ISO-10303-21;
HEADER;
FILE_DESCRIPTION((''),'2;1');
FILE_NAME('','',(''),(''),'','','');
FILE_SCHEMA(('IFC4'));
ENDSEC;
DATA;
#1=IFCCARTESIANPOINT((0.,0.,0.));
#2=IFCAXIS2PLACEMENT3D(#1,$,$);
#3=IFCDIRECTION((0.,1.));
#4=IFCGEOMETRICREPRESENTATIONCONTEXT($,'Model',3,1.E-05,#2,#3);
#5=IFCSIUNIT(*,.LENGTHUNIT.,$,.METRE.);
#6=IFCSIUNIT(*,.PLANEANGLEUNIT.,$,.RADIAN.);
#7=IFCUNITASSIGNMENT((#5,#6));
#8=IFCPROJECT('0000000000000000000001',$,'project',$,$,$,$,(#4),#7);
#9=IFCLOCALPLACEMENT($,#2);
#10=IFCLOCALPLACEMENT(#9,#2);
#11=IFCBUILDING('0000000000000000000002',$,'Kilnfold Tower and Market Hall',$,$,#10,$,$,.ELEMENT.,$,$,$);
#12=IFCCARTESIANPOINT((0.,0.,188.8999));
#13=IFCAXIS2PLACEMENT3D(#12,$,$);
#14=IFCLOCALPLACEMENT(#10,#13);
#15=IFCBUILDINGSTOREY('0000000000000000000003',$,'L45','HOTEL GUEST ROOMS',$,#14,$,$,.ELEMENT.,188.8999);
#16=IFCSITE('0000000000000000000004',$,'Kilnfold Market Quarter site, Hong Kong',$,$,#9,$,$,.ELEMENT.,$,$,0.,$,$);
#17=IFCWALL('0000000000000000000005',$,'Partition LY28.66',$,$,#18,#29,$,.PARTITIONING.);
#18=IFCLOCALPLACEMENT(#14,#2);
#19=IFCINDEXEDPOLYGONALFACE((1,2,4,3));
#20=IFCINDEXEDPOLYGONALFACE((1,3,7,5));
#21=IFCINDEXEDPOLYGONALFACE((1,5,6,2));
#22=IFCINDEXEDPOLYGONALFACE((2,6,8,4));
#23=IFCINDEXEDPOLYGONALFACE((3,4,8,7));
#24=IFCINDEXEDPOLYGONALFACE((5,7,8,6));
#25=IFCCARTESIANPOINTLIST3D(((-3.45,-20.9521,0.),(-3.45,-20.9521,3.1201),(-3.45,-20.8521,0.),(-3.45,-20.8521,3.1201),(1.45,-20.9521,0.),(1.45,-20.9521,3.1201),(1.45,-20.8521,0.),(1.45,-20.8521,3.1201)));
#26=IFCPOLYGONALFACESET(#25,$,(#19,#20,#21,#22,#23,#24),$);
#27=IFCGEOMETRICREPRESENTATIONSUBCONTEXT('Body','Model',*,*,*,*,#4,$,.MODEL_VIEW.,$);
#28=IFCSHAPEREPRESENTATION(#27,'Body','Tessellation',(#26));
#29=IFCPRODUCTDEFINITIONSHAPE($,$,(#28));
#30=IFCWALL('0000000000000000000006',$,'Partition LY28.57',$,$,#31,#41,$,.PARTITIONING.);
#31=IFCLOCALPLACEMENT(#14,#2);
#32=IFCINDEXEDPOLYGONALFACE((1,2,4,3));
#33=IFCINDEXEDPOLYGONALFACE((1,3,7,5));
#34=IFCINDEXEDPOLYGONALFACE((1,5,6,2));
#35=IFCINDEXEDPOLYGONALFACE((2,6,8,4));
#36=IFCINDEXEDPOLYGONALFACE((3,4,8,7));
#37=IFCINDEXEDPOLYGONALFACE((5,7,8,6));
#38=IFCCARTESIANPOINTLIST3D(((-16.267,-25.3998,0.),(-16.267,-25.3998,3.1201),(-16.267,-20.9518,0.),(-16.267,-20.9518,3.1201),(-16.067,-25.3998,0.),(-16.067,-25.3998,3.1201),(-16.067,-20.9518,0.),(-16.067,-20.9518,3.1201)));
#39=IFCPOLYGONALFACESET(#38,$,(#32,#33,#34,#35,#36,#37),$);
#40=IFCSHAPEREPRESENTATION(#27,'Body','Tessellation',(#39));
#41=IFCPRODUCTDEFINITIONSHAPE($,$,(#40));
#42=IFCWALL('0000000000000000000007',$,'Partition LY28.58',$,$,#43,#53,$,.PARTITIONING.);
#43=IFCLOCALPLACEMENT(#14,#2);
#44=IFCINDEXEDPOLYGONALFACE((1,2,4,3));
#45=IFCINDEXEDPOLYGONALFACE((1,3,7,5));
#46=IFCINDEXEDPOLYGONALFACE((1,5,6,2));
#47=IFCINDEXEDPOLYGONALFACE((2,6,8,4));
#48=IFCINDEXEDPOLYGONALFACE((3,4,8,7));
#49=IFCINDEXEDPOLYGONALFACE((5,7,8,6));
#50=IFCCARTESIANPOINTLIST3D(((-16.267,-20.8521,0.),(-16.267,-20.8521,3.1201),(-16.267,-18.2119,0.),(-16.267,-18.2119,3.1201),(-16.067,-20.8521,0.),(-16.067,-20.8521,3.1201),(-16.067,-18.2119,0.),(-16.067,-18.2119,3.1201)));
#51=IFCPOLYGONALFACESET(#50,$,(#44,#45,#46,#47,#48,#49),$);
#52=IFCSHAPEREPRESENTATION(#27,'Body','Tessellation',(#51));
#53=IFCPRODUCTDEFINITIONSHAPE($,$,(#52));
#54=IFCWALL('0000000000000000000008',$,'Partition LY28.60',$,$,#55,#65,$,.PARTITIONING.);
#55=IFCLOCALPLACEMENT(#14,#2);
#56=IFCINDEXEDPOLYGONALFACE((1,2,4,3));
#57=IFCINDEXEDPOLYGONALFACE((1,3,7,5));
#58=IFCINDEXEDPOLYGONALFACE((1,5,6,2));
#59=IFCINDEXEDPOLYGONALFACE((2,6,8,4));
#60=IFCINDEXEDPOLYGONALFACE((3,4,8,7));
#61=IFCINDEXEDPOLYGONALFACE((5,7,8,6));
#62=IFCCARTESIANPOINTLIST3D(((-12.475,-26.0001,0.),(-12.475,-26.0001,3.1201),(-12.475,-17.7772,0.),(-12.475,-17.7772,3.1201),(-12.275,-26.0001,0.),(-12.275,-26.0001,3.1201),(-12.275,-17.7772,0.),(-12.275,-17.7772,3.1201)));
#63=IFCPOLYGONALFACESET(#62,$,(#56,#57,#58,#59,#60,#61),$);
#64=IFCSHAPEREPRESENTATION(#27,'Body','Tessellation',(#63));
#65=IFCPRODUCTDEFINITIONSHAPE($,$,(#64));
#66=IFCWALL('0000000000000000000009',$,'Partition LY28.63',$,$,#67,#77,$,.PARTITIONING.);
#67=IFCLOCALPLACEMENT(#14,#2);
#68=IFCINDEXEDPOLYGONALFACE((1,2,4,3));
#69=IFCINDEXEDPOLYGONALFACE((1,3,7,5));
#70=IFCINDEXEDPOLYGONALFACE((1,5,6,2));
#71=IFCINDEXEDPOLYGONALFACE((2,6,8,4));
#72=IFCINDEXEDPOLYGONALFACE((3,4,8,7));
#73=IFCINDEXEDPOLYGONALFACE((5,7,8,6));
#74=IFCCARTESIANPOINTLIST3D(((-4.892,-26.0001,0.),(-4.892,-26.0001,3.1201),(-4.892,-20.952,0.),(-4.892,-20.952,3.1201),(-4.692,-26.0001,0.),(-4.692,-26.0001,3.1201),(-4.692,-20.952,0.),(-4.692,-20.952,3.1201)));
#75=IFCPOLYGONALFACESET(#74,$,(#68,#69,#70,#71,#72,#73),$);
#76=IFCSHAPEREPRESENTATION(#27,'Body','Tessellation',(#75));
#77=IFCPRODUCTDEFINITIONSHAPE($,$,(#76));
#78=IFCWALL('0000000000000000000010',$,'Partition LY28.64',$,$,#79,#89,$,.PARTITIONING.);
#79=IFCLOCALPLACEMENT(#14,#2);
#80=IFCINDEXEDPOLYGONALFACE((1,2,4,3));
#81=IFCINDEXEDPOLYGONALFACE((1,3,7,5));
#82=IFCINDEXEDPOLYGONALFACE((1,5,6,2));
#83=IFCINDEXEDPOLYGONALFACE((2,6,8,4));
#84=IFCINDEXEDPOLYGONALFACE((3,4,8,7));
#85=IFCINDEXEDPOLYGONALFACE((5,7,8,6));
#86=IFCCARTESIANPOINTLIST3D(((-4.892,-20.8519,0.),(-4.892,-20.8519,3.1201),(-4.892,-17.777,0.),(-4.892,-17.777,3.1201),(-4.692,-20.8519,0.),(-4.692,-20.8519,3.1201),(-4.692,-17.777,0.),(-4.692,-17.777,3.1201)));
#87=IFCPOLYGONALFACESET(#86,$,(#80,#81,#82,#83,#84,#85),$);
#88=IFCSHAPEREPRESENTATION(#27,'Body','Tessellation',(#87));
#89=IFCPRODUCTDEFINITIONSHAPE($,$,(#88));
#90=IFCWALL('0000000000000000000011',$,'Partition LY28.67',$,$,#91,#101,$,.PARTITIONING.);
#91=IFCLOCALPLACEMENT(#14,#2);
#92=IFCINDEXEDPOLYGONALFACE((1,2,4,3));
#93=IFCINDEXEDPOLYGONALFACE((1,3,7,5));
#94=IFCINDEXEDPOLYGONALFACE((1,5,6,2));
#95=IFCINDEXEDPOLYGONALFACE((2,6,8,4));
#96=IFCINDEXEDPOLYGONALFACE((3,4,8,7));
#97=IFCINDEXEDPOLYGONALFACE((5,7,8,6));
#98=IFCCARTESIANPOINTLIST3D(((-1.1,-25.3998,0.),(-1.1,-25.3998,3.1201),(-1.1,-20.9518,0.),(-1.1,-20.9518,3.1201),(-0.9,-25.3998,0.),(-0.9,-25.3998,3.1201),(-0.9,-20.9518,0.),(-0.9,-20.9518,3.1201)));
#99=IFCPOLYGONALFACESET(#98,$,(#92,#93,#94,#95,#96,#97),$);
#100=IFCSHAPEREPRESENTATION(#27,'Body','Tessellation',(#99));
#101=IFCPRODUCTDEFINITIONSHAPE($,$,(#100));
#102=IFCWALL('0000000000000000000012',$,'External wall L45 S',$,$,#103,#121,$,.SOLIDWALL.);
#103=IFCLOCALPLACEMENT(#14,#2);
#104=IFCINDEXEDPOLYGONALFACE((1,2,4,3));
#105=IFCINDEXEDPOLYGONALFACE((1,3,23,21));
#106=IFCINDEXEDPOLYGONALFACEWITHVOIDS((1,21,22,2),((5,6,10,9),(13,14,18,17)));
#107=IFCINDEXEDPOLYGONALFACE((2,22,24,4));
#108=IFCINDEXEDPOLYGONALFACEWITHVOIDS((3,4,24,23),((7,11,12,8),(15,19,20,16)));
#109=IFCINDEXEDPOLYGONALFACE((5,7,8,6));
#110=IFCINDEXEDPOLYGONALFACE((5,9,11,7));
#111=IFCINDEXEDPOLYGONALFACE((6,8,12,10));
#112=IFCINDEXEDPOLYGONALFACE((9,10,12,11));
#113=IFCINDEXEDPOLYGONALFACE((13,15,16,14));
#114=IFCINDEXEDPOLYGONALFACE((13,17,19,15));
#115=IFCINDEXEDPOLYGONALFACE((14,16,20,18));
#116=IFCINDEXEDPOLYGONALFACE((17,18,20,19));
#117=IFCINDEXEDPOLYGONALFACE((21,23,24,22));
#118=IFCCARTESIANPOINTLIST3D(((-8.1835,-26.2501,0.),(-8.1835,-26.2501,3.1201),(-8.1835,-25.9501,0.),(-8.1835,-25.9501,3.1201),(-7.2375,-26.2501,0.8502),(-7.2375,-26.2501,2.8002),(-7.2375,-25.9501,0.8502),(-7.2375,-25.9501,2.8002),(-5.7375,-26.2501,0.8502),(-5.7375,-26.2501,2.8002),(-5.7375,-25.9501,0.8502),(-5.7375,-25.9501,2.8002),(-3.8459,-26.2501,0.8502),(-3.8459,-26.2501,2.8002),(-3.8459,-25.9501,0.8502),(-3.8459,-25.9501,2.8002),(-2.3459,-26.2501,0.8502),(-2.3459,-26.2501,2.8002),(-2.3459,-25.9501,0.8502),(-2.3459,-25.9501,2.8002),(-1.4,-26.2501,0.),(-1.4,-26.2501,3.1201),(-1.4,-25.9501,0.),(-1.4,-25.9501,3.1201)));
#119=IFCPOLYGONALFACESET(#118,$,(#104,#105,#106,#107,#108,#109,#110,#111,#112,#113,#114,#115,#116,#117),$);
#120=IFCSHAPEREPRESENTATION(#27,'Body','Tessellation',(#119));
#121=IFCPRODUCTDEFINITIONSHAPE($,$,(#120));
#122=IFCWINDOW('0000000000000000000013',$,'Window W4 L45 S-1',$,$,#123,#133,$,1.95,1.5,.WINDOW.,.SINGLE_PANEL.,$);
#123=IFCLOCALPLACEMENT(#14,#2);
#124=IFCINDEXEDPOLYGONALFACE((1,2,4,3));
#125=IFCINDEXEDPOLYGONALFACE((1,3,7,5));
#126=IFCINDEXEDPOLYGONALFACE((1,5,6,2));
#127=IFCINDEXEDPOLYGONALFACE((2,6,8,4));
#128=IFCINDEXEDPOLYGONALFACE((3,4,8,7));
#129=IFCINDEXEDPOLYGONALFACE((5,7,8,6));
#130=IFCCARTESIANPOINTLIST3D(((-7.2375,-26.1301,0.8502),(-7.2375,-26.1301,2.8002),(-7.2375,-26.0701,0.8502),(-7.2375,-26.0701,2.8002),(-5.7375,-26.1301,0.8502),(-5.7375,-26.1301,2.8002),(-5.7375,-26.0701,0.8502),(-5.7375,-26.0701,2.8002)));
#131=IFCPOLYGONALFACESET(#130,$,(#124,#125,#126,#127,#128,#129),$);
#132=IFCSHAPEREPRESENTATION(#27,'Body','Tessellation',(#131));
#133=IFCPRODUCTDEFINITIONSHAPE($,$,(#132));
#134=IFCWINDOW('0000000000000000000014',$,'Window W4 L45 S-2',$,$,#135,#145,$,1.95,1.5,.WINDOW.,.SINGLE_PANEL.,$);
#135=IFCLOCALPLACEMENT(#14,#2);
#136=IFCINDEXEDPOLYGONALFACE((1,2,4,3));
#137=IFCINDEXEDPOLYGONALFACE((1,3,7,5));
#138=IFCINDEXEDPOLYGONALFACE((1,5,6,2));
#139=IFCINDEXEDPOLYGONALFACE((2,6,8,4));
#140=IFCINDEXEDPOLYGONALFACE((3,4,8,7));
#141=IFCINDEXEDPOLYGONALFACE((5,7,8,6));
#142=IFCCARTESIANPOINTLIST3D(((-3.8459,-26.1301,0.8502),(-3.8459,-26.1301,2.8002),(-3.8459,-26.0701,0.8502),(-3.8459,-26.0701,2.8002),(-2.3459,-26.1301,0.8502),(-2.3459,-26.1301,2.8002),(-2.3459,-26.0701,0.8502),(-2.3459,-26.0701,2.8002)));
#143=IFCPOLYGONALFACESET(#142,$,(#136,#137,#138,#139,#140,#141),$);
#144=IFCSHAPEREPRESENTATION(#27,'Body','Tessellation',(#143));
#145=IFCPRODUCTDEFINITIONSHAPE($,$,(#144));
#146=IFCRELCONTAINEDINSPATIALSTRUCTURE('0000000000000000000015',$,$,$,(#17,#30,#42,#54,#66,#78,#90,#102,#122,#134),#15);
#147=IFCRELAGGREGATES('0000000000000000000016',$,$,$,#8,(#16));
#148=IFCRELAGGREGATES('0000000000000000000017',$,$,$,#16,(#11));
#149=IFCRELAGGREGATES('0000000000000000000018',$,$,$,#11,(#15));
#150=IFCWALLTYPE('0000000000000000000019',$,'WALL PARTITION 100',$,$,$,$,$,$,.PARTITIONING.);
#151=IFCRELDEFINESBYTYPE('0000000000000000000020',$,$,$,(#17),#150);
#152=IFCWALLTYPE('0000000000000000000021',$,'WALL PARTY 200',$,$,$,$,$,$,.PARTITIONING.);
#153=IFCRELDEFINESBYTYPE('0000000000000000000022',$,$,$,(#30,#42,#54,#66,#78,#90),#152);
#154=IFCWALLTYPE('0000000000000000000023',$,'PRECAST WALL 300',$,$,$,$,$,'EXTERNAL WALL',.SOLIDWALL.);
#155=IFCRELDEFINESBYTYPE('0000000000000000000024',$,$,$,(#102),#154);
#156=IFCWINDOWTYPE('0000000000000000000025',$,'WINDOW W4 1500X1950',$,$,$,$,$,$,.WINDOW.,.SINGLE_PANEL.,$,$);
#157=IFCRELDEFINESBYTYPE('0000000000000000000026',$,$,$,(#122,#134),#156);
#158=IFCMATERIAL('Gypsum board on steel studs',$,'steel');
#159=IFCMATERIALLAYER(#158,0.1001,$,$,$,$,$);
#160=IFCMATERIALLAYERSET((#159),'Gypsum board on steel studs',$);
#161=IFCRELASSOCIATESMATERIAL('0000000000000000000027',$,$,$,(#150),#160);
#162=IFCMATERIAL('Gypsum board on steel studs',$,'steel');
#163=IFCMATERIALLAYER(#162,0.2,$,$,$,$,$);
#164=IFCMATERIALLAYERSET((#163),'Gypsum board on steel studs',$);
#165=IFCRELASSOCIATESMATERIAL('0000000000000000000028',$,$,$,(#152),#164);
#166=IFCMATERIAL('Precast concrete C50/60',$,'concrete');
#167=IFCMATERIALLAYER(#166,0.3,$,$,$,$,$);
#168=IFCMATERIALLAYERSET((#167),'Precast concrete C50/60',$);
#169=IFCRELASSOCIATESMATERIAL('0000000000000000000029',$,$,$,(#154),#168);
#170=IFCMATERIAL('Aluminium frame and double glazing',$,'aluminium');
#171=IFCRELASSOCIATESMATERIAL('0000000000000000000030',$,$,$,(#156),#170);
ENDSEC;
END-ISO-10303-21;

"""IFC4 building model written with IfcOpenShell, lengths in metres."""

from ifc_helpers import new_model, si_unit, direction, frame, frame_2d, origin, place, context, subcontext, project, spatial, rectangle, extrude, source, transform, mapped, material, layer, layer_set, type_object, element, fill, save


model = new_model("IFC4")

# Units and contexts
model_context = context("Model", 3, precision=1e-05, world=origin(), true_north=direction((0.0, 1.0)))
body_context = subcontext(model_context, "Body", "Model", "MODEL_VIEW")
ifc_project = project(units=[si_unit("LENGTHUNIT", "METRE"), si_unit("PLANEANGLEUNIT", "RADIAN")], contexts=[model_context])

# Site, building, storey
site_placement = place(None, origin())
site = spatial("IfcSite", under=ifc_project, at=site_placement, Name="Kilnfold Market Quarter site, Hong Kong", CompositionType="ELEMENT", RefElevation=0.0)
building_placement = place(site_placement, origin())
building = spatial("IfcBuilding", under=site, at=building_placement, Name="Kilnfold Tower and Market Hall", CompositionType="ELEMENT")
storey_placement = place(building_placement, frame((0.0, 0.0, 188.8999)))
storey = spatial("IfcBuildingStorey", under=building, at=storey_placement, Name="L45", Description="HOTEL GUEST ROOMS", CompositionType="ELEMENT", Elevation=188.8999)

# Shared definitions
ifc_material_1 = material(Name="Gypsum board on steel studs", Category="steel")
ifc_layer_1 = layer(ifc_material_1, 0.1001)
ifc_layer_set_1 = layer_set([ifc_layer_1], Name="Gypsum board on steel studs")
wall_type_1 = type_object("IfcWallType", Name="WALL PARTITION 100", PredefinedType="PARTITIONING", material=ifc_layer_set_1)

# Walls
wall_1_placement = place(storey_placement, frame((-3.45, -20.9021, 0.0), z_axis=(0.0, 0.0, 1.0), x_axis=(1.0, 0.0, 0.0)))
element("IfcWall", 1, at=wall_1_placement, inside=storey, type_object=wall_type_1, Name="Partition LY28.66", PredefinedType="PARTITIONING", context=body_context, shape_type="SweptSolid", body=[
    extrude(rectangle(XDim=4.8999, YDim=0.1001, at=frame_2d((2.45, 0.0))), origin(), (0.0, 0.0, 1.0), 3.1201),
])
ifc_material_2 = material(Name="Gypsum board on steel studs", Category="steel")
ifc_layer_2 = layer(ifc_material_2, 0.2)
ifc_layer_set_2 = layer_set([ifc_layer_2], Name="Gypsum board on steel studs")
wall_type_2 = type_object("IfcWallType", Name="WALL PARTY 200", PredefinedType="PARTITIONING", material=ifc_layer_set_2)
wall_2_placement = place(storey_placement, frame((-16.167, -25.3999, 0.0), z_axis=(0.0, 0.0, 1.0), x_axis=(0.0, 1.0, 0.0)))
element("IfcWall", 2, at=wall_2_placement, inside=storey, type_object=wall_type_2, Name="Partition LY28.57", PredefinedType="PARTITIONING", context=body_context, shape_type="SweptSolid", body=[
    extrude(rectangle(XDim=4.448, YDim=0.2, at=frame_2d((2.2241, 0.0))), origin(), (0.0, 0.0, 1.0), 3.1201),
])
wall_3_placement = place(storey_placement, frame((-16.167, -20.8521, 0.0), z_axis=(0.0, 0.0, 1.0), x_axis=(0.0, 1.0, 0.0)))
element("IfcWall", 3, at=wall_3_placement, inside=storey, type_object=wall_type_2, Name="Partition LY28.58", PredefinedType="PARTITIONING", context=body_context, shape_type="SweptSolid", body=[
    extrude(rectangle(XDim=2.6401, YDim=0.2, at=frame_2d((1.3201, 0.0))), origin(), (0.0, 0.0, 1.0), 3.1201),
])
wall_4_placement = place(storey_placement, frame((-12.375, -26.0, 0.0), z_axis=(0.0, 0.0, 1.0), x_axis=(0.0, 1.0, 0.0)))
element("IfcWall", 4, at=wall_4_placement, inside=storey, type_object=wall_type_2, Name="Partition LY28.60", PredefinedType="PARTITIONING", context=body_context, shape_type="SweptSolid", body=[
    extrude(rectangle(XDim=8.2229, YDim=0.2, at=frame_2d((4.1113, 0.0))), origin(), (0.0, 0.0, 1.0), 3.1201),
])
wall_5_placement = place(storey_placement, frame((-4.792, -26.0, 0.0), z_axis=(0.0, 0.0, 1.0), x_axis=(0.0, 1.0, 0.0)))
element("IfcWall", 5, at=wall_5_placement, inside=storey, type_object=wall_type_2, Name="Partition LY28.63", PredefinedType="PARTITIONING", context=body_context, shape_type="SweptSolid", body=[
    extrude(rectangle(XDim=5.0481, YDim=0.2, at=frame_2d((2.5239, 0.0))), origin(), (0.0, 0.0, 1.0), 3.1201),
])
wall_6_placement = place(storey_placement, frame((-4.792, -20.8521, 0.0), z_axis=(0.0, 0.0, 1.0), x_axis=(0.0, 1.0, 0.0)))
element("IfcWall", 6, at=wall_6_placement, inside=storey, type_object=wall_type_2, Name="Partition LY28.64", PredefinedType="PARTITIONING", context=body_context, shape_type="SweptSolid", body=[
    extrude(rectangle(XDim=3.075, YDim=0.2, at=frame_2d((1.5376, 0.0))), origin(), (0.0, 0.0, 1.0), 3.1201),
])
wall_7_placement = place(storey_placement, frame((-1.0, -25.3999, 0.0), z_axis=(0.0, 0.0, 1.0), x_axis=(0.0, 1.0, 0.0)))
element("IfcWall", 7, at=wall_7_placement, inside=storey, type_object=wall_type_2, Name="Partition LY28.67", PredefinedType="PARTITIONING", context=body_context, shape_type="SweptSolid", body=[
    extrude(rectangle(XDim=4.448, YDim=0.2, at=frame_2d((2.2241, 0.0))), origin(), (0.0, 0.0, 1.0), 3.1201),
])

# Wall, openings, windows
ifc_material_3 = material(Name="Precast concrete C50/60", Category="concrete")
ifc_layer_3 = layer(ifc_material_3, 0.3)
ifc_layer_set_3 = layer_set([ifc_layer_3], Name="Precast concrete C50/60")
wall_type_3 = type_object("IfcWallType", Name="PRECAST WALL 300", ElementType="EXTERNAL WALL", PredefinedType="SOLIDWALL", material=ifc_layer_set_3)
shared_shape_1 = source(origin(), body_context, "Body", "SweptSolid", [
    extrude(rectangle(XDim=6.7834, YDim=0.3, at=frame_2d((3.3916, 0.0))), origin(), (0.0, 0.0, 1.0), 3.1201),
])
wall_8_placement = place(storey_placement, frame((-8.1833, -26.1001, 0.0), z_axis=(0.0, 0.0, 1.0), x_axis=(1.0, 0.0, 0.0)))
wall_8 = element("IfcWall", 8, at=wall_8_placement, inside=storey, type_object=wall_type_3, Name="External wall L45 S", PredefinedType="SOLIDWALL", context=body_context, shape_type="MappedRepresentation", body=[
    mapped(shared_shape_1, transform((0.0, 0.0, 0.0))),
])
opening_1_placement = place(wall_8_placement, frame((0.9458, 0.0, 0.8501)))
opening_1 = element("IfcOpeningElement", 9, at=opening_1_placement, cuts=wall_8, PredefinedType="OPENING", context=body_context, shape_type="SweptSolid", body=[
    extrude(rectangle(XDim=1.5, YDim=1.95, at=frame_2d((0.75, 0.9751))), frame((0.0, 0.1602, 0.0), z_axis=(0.0, -1.0, 0.0), x_axis=(1.0, 0.0, 0.0)), (0.0, 0.0, 1.0), 0.3201),
])
opening_2_placement = place(wall_8_placement, frame((4.3374, 0.0, 0.8501)))
opening_2 = element("IfcOpeningElement", 10, at=opening_2_placement, cuts=wall_8, PredefinedType="OPENING", context=body_context, shape_type="SweptSolid", body=[
    extrude(rectangle(XDim=1.5, YDim=1.95, at=frame_2d((0.75, 0.9751))), frame((0.0, 0.1602, 0.0), z_axis=(0.0, -1.0, 0.0), x_axis=(1.0, 0.0, 0.0)), (0.0, 0.0, 1.0), 0.3201),
])
ifc_material_4 = material(Name="Aluminium frame and double glazing", Category="aluminium")
window_type = type_object("IfcWindowType", Name="WINDOW W4 1500X1950", PartitioningType="SINGLE_PANEL", PredefinedType="WINDOW", material=ifc_material_4)
window_1_placement = place(opening_1_placement, origin())
window_1 = element("IfcWindow", 11, at=window_1_placement, inside=storey, type_object=window_type, Name="Window W4 L45 S-1", OverallHeight=1.95, OverallWidth=1.5, PartitioningType="SINGLE_PANEL", PredefinedType="WINDOW", context=body_context, shape_type="SweptSolid", body=[
    extrude(rectangle(XDim=1.5, YDim=1.95, at=frame_2d((0.75, 0.9751))), frame((0.0, 0.03, 0.0), z_axis=(0.0, -1.0, 0.0), x_axis=(1.0, 0.0, 0.0)), (0.0, 0.0, 1.0), 0.0601),
])
fill(opening_1, window_1)
window_2_placement = place(opening_2_placement, origin())
window_2 = element("IfcWindow", 12, at=window_2_placement, inside=storey, type_object=window_type, Name="Window W4 L45 S-2", OverallHeight=1.95, OverallWidth=1.5, PartitioningType="SINGLE_PANEL", PredefinedType="WINDOW", context=body_context, shape_type="SweptSolid", body=[
    extrude(rectangle(XDim=1.5, YDim=1.95, at=frame_2d((0.75, 0.9751))), frame((0.0, 0.03, 0.0), z_axis=(0.0, -1.0, 0.0), x_axis=(1.0, 0.0, 0.0)), (0.0, 0.0, 1.0), 0.0601),
])
fill(opening_2, window_2)

save(model, "model.ifc")
